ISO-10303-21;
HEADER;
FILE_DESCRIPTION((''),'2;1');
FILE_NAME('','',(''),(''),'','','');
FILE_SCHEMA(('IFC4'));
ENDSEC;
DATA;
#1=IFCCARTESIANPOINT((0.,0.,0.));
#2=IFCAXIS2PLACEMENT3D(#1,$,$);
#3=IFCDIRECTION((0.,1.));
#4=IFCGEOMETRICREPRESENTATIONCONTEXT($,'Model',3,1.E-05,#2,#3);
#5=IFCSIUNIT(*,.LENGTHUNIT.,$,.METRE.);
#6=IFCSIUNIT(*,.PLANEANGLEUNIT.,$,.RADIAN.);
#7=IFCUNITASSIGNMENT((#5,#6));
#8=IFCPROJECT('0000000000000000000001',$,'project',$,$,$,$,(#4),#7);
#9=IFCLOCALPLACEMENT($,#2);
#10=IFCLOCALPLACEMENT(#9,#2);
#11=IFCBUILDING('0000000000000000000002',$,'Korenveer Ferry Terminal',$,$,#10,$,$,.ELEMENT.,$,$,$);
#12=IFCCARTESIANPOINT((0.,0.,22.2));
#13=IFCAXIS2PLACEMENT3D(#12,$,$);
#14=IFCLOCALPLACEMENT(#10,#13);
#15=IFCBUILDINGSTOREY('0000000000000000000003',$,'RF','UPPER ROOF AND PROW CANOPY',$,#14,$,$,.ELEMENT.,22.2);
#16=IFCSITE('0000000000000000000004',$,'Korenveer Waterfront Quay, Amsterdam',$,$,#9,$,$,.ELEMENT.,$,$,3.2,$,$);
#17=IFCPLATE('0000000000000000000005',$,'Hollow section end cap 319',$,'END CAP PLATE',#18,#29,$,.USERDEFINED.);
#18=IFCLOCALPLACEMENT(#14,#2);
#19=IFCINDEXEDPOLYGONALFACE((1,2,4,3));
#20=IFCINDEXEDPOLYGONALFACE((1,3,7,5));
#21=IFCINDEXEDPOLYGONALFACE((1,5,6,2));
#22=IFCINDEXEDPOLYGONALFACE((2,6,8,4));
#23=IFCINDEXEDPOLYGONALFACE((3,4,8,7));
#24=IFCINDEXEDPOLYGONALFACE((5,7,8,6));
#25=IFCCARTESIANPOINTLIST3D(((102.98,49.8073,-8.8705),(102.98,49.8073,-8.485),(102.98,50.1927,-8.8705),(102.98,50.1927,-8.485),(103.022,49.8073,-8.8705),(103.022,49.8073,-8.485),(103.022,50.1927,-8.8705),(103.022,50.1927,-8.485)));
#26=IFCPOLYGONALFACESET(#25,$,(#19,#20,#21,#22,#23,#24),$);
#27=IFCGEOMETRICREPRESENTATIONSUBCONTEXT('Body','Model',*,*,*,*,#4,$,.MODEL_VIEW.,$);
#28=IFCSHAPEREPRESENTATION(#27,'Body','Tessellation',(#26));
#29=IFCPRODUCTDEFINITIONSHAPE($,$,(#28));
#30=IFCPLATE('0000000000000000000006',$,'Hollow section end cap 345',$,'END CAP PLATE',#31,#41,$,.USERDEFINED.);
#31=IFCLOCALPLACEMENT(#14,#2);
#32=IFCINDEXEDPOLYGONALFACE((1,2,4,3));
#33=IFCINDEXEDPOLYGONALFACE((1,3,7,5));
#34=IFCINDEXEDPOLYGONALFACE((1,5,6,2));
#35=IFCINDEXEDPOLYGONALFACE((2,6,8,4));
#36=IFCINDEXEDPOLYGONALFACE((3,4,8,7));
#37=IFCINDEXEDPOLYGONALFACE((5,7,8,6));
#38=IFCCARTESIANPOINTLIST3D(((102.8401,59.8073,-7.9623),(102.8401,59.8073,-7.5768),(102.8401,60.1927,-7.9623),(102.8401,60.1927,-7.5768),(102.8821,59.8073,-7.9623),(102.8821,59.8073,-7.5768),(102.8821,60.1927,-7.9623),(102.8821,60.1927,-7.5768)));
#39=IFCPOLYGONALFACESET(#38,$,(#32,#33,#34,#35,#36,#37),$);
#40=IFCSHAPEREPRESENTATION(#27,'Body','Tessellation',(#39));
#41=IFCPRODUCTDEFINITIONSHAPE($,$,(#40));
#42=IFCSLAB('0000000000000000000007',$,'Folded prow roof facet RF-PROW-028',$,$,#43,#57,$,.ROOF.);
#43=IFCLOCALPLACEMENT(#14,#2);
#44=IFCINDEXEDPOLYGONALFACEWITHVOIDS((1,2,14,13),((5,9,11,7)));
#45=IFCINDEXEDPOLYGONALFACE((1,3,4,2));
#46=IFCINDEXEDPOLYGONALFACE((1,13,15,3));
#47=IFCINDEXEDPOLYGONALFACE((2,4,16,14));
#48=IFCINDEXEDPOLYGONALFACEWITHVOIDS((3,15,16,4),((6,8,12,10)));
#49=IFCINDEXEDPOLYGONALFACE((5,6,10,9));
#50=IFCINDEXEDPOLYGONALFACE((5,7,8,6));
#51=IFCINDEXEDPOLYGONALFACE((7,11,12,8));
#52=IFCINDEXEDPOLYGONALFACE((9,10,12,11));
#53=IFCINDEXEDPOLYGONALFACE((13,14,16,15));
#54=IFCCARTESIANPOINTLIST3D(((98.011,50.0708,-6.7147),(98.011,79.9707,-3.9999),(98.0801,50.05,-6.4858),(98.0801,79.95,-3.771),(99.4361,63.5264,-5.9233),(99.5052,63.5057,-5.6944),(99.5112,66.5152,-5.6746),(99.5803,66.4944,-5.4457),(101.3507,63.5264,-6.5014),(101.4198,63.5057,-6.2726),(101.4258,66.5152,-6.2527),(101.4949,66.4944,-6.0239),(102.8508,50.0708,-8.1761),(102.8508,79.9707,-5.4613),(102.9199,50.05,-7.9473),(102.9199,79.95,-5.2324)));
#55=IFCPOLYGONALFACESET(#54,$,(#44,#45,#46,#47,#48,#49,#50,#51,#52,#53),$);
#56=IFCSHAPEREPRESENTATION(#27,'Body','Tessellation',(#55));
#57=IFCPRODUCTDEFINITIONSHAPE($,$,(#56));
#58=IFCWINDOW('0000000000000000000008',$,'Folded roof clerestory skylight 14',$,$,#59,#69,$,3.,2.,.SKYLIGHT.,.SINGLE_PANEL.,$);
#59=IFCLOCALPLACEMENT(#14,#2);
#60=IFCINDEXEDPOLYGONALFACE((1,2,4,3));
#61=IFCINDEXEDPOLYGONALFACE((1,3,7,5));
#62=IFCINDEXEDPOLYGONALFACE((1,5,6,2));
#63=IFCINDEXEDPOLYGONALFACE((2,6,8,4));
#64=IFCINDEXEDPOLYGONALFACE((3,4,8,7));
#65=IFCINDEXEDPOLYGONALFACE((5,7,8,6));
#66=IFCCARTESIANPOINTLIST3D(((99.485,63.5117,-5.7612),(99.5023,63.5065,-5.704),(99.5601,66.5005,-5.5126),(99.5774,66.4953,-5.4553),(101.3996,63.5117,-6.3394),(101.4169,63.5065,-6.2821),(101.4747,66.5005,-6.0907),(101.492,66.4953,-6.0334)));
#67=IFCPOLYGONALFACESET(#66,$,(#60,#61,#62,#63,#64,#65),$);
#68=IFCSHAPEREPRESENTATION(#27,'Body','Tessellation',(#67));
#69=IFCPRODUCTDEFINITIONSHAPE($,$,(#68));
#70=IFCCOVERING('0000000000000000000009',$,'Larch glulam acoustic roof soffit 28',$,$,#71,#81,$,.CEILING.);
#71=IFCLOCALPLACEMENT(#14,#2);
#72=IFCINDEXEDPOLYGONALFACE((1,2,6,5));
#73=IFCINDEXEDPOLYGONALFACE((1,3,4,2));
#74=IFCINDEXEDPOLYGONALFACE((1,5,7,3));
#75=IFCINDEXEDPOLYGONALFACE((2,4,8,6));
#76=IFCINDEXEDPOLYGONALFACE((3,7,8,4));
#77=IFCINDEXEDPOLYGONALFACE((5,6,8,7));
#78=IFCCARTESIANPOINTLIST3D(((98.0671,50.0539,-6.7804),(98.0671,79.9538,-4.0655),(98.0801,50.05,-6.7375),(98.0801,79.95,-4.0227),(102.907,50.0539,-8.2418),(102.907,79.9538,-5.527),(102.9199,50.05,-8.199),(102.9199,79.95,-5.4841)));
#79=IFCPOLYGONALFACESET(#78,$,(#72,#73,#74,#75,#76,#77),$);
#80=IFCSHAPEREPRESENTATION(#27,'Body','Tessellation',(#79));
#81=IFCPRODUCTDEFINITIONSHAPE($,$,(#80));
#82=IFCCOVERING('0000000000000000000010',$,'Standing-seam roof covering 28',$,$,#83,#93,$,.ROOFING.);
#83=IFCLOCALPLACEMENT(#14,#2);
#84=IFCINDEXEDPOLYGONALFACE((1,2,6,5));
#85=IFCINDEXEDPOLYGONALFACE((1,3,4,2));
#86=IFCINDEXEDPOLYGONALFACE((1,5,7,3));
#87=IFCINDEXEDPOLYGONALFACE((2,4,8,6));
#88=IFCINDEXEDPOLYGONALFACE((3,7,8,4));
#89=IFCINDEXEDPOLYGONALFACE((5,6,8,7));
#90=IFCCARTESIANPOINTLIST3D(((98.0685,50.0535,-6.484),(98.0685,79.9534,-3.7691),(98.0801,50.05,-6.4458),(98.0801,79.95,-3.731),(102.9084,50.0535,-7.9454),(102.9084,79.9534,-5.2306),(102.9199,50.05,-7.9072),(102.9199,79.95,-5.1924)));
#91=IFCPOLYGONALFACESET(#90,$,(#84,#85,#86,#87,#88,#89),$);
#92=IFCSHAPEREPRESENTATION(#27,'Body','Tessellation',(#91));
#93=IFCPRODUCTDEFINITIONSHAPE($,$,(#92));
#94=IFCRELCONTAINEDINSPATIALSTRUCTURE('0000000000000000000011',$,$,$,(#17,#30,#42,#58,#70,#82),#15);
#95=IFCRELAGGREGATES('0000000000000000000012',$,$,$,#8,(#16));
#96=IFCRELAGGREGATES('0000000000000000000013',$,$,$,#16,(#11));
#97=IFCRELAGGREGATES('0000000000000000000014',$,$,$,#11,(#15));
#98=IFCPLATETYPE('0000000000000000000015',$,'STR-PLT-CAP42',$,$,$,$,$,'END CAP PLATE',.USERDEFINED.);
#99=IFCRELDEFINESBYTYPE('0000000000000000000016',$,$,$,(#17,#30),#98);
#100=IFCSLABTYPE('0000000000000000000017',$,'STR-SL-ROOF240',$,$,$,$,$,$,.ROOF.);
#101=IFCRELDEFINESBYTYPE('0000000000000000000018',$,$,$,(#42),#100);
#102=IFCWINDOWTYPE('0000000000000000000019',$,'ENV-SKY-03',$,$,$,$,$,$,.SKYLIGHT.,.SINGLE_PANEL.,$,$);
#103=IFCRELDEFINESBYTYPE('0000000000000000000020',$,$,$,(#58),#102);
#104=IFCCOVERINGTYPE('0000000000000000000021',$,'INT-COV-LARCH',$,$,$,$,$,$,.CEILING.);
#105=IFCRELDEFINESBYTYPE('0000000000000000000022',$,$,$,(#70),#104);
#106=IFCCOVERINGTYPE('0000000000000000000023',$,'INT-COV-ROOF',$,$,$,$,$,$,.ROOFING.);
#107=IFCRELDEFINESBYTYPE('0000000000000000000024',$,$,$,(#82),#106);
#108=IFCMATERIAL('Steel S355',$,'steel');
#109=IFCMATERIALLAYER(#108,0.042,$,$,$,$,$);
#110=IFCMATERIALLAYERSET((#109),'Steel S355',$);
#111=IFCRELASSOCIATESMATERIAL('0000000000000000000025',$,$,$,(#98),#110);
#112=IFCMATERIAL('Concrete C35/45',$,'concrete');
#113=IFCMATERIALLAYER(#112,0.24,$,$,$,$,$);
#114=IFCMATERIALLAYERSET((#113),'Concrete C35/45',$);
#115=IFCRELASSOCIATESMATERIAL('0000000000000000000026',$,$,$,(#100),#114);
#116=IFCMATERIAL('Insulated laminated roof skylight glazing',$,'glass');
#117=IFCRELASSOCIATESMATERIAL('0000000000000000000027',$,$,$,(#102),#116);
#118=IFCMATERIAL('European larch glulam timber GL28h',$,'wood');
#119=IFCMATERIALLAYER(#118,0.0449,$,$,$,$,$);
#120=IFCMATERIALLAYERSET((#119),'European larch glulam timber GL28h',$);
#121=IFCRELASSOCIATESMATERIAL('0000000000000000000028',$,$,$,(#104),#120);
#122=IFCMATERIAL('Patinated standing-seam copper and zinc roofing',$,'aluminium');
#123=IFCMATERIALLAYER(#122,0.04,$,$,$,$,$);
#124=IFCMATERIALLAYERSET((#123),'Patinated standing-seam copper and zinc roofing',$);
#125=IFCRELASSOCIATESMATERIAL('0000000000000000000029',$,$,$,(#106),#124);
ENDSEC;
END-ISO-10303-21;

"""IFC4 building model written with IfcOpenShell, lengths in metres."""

from ifc_helpers import new_model, si_unit, direction, frame, origin, origin_2d, place, context, subcontext, project, spatial, polyline, rectangle, outline, extrude, material, layer, layer_set, type_object, element, fill, save


model = new_model("IFC4")

# Units and contexts
model_context = context("Model", 3, precision=1e-05, world=origin(), true_north=direction((0.0, 1.0)))
body_context = subcontext(model_context, "Body", "Model", "MODEL_VIEW")
ifc_project = project(units=[si_unit("LENGTHUNIT", "METRE"), si_unit("PLANEANGLEUNIT", "RADIAN")], contexts=[model_context])

# Site, building, storey
site_placement = place(None, origin())
site = spatial("IfcSite", under=ifc_project, at=site_placement, Name="Korenveer Waterfront Quay, Amsterdam", CompositionType="ELEMENT", RefElevation=3.2)
building_placement = place(site_placement, origin())
building = spatial("IfcBuilding", under=site, at=building_placement, Name="Korenveer Ferry Terminal", CompositionType="ELEMENT")
storey_placement = place(building_placement, frame((0.0, 0.0, 22.2)))
storey = spatial("IfcBuildingStorey", under=building, at=storey_placement, Name="RF", Description="UPPER ROOF AND PROW CANOPY", CompositionType="ELEMENT", Elevation=22.2)

# Shared definitions
ifc_material_1 = material(Name="Steel S355", Category="steel")

# Plates
ifc_layer_1 = layer(ifc_material_1, 0.042)
ifc_layer_set_1 = layer_set([ifc_layer_1], Name="Steel S355")
plate_type_1 = type_object("IfcPlateType", Name="STR-PLT-CAP42", ElementType="END CAP PLATE", PredefinedType="USERDEFINED", material=ifc_layer_set_1)
for number, where, z_axis, x_axis, name in (
    (1, (102.98, 50.0, -8.6777), (1.0, 0.0, 0.0), (0.0, 1.0, 0.0), "Hollow section end cap 319"),
    (2, (102.8401, 60.0, -7.7695), (1.0, 0.0, 0.0), (0.0, 1.0, 0.0), "Hollow section end cap 345"),
):
    element("IfcPlate", number, at=place(storey_placement, frame(where, z_axis=z_axis, x_axis=x_axis)), inside=storey, type_object=plate_type_1, Name=name, ObjectType="END CAP PLATE", PredefinedType="USERDEFINED", context=body_context, shape_type="SweptSolid", body=[
        extrude(rectangle(XDim=0.3855, YDim=0.3855, at=origin_2d()), origin(), (0.0, 0.0, 1.0), 0.042),
    ])

# Slab, opening, window
ifc_material_2 = material(Name="Concrete C35/45", Category="concrete")
ifc_layer_2 = layer(ifc_material_2, 0.24)
ifc_layer_set_2 = layer_set([ifc_layer_2], Name="Concrete C35/45")
slab_type = type_object("IfcSlabType", Name="STR-SL-ROOF240", PredefinedType="ROOF", material=ifc_layer_set_2)
slab_placement = place(storey_placement, frame((98.0801, 50.05, -6.4858), z_axis=(0.287981, -0.086595, 0.953713), x_axis=(0.957309, 0.0, -0.289066)))
slab = element("IfcSlab", 3, at=slab_placement, inside=storey, type_object=slab_type, Name="Folded prow roof facet RF-PROW-028", PredefinedType="ROOF", context=body_context, shape_type="SweptSolid", body=[
    extrude(outline(polyline([(0.0, 0.0), (5.0557, 0.0), (4.2709, 30.0126), (-0.7848, 30.0126), (0.0, 0.0)])), origin(), (0.0, 0.0, -1.0), 0.24),
])
opening_placement = place(slab_placement, frame((2.1355, 15.0063, 0.01)))
opening = element("IfcOpeningElement", 4, at=opening_placement, cuts=slab, PredefinedType="OPENING", context=body_context, shape_type="SweptSolid", body=[
    extrude(rectangle(XDim=2.0, YDim=3.0, at=origin_2d()), origin(), (0.0, 0.0, -1.0), 0.26),
])
ifc_material_3 = material(Name="Insulated laminated roof skylight glazing", Category="glass")
window_type = type_object("IfcWindowType", Name="ENV-SKY-03", PartitioningType="SINGLE_PANEL", PredefinedType="SKYLIGHT", material=ifc_material_3)
window_placement = place(slab_placement, frame((2.1355, 15.0063, -0.01)))
window = element("IfcWindow", 5, at=window_placement, inside=storey, type_object=window_type, Name="Folded roof clerestory skylight 14", OverallHeight=3.0, OverallWidth=2.0, PartitioningType="SINGLE_PANEL", PredefinedType="SKYLIGHT", context=body_context, shape_type="SweptSolid", body=[
    extrude(rectangle(XDim=2.0, YDim=3.0, at=origin_2d()), origin(), (0.0, 0.0, -1.0), 0.0601),
])
fill(opening, window)

# Coverings
ifc_material_4 = material(Name="European larch glulam timber GL28h", Category="wood")
ifc_layer_3 = layer(ifc_material_4, 0.0449)
ifc_layer_set_3 = layer_set([ifc_layer_3], Name="European larch glulam timber GL28h")
covering_type_1 = type_object("IfcCoveringType", Name="INT-COV-LARCH", PredefinedType="CEILING", material=ifc_layer_set_3)
covering_1_placement = place(storey_placement, frame((98.0801, 50.05, -6.7375), z_axis=(0.287981, -0.086595, 0.953713), x_axis=(0.957309, 0.0, -0.289066)))
element("IfcCovering", 6, at=covering_1_placement, inside=storey, type_object=covering_type_1, Name="Larch glulam acoustic roof soffit 28", PredefinedType="CEILING", context=body_context, shape_type="SweptSolid", body=[
    extrude(outline(polyline([(0.0, 0.0), (5.0557, 0.0), (4.2709, 30.0126), (-0.7848, 30.0126), (0.0, 0.0)])), origin(), (0.0, 0.0, -1.0), 0.0449),
])
ifc_material_5 = material(Name="Patinated standing-seam copper and zinc roofing", Category="aluminium")
ifc_layer_4 = layer(ifc_material_5, 0.04)
ifc_layer_set_4 = layer_set([ifc_layer_4], Name="Patinated standing-seam copper and zinc roofing")
covering_type_2 = type_object("IfcCoveringType", Name="INT-COV-ROOF", PredefinedType="ROOFING", material=ifc_layer_set_4)
covering_2_placement = place(storey_placement, frame((98.0801, 50.05, -6.4458), z_axis=(0.287981, -0.086595, 0.953713), x_axis=(0.957309, 0.0, -0.289066)))
element("IfcCovering", 7, at=covering_2_placement, inside=storey, type_object=covering_type_2, Name="Standing-seam roof covering 28", PredefinedType="ROOFING", context=body_context, shape_type="SweptSolid", body=[
    extrude(outline(polyline([(0.0, 0.0), (5.0557, 0.0), (4.2709, 30.0126), (-0.7848, 30.0126), (0.0, 0.0)])), origin(), (0.0, 0.0, -1.0), 0.04),
])

save(model, "model.ifc")
